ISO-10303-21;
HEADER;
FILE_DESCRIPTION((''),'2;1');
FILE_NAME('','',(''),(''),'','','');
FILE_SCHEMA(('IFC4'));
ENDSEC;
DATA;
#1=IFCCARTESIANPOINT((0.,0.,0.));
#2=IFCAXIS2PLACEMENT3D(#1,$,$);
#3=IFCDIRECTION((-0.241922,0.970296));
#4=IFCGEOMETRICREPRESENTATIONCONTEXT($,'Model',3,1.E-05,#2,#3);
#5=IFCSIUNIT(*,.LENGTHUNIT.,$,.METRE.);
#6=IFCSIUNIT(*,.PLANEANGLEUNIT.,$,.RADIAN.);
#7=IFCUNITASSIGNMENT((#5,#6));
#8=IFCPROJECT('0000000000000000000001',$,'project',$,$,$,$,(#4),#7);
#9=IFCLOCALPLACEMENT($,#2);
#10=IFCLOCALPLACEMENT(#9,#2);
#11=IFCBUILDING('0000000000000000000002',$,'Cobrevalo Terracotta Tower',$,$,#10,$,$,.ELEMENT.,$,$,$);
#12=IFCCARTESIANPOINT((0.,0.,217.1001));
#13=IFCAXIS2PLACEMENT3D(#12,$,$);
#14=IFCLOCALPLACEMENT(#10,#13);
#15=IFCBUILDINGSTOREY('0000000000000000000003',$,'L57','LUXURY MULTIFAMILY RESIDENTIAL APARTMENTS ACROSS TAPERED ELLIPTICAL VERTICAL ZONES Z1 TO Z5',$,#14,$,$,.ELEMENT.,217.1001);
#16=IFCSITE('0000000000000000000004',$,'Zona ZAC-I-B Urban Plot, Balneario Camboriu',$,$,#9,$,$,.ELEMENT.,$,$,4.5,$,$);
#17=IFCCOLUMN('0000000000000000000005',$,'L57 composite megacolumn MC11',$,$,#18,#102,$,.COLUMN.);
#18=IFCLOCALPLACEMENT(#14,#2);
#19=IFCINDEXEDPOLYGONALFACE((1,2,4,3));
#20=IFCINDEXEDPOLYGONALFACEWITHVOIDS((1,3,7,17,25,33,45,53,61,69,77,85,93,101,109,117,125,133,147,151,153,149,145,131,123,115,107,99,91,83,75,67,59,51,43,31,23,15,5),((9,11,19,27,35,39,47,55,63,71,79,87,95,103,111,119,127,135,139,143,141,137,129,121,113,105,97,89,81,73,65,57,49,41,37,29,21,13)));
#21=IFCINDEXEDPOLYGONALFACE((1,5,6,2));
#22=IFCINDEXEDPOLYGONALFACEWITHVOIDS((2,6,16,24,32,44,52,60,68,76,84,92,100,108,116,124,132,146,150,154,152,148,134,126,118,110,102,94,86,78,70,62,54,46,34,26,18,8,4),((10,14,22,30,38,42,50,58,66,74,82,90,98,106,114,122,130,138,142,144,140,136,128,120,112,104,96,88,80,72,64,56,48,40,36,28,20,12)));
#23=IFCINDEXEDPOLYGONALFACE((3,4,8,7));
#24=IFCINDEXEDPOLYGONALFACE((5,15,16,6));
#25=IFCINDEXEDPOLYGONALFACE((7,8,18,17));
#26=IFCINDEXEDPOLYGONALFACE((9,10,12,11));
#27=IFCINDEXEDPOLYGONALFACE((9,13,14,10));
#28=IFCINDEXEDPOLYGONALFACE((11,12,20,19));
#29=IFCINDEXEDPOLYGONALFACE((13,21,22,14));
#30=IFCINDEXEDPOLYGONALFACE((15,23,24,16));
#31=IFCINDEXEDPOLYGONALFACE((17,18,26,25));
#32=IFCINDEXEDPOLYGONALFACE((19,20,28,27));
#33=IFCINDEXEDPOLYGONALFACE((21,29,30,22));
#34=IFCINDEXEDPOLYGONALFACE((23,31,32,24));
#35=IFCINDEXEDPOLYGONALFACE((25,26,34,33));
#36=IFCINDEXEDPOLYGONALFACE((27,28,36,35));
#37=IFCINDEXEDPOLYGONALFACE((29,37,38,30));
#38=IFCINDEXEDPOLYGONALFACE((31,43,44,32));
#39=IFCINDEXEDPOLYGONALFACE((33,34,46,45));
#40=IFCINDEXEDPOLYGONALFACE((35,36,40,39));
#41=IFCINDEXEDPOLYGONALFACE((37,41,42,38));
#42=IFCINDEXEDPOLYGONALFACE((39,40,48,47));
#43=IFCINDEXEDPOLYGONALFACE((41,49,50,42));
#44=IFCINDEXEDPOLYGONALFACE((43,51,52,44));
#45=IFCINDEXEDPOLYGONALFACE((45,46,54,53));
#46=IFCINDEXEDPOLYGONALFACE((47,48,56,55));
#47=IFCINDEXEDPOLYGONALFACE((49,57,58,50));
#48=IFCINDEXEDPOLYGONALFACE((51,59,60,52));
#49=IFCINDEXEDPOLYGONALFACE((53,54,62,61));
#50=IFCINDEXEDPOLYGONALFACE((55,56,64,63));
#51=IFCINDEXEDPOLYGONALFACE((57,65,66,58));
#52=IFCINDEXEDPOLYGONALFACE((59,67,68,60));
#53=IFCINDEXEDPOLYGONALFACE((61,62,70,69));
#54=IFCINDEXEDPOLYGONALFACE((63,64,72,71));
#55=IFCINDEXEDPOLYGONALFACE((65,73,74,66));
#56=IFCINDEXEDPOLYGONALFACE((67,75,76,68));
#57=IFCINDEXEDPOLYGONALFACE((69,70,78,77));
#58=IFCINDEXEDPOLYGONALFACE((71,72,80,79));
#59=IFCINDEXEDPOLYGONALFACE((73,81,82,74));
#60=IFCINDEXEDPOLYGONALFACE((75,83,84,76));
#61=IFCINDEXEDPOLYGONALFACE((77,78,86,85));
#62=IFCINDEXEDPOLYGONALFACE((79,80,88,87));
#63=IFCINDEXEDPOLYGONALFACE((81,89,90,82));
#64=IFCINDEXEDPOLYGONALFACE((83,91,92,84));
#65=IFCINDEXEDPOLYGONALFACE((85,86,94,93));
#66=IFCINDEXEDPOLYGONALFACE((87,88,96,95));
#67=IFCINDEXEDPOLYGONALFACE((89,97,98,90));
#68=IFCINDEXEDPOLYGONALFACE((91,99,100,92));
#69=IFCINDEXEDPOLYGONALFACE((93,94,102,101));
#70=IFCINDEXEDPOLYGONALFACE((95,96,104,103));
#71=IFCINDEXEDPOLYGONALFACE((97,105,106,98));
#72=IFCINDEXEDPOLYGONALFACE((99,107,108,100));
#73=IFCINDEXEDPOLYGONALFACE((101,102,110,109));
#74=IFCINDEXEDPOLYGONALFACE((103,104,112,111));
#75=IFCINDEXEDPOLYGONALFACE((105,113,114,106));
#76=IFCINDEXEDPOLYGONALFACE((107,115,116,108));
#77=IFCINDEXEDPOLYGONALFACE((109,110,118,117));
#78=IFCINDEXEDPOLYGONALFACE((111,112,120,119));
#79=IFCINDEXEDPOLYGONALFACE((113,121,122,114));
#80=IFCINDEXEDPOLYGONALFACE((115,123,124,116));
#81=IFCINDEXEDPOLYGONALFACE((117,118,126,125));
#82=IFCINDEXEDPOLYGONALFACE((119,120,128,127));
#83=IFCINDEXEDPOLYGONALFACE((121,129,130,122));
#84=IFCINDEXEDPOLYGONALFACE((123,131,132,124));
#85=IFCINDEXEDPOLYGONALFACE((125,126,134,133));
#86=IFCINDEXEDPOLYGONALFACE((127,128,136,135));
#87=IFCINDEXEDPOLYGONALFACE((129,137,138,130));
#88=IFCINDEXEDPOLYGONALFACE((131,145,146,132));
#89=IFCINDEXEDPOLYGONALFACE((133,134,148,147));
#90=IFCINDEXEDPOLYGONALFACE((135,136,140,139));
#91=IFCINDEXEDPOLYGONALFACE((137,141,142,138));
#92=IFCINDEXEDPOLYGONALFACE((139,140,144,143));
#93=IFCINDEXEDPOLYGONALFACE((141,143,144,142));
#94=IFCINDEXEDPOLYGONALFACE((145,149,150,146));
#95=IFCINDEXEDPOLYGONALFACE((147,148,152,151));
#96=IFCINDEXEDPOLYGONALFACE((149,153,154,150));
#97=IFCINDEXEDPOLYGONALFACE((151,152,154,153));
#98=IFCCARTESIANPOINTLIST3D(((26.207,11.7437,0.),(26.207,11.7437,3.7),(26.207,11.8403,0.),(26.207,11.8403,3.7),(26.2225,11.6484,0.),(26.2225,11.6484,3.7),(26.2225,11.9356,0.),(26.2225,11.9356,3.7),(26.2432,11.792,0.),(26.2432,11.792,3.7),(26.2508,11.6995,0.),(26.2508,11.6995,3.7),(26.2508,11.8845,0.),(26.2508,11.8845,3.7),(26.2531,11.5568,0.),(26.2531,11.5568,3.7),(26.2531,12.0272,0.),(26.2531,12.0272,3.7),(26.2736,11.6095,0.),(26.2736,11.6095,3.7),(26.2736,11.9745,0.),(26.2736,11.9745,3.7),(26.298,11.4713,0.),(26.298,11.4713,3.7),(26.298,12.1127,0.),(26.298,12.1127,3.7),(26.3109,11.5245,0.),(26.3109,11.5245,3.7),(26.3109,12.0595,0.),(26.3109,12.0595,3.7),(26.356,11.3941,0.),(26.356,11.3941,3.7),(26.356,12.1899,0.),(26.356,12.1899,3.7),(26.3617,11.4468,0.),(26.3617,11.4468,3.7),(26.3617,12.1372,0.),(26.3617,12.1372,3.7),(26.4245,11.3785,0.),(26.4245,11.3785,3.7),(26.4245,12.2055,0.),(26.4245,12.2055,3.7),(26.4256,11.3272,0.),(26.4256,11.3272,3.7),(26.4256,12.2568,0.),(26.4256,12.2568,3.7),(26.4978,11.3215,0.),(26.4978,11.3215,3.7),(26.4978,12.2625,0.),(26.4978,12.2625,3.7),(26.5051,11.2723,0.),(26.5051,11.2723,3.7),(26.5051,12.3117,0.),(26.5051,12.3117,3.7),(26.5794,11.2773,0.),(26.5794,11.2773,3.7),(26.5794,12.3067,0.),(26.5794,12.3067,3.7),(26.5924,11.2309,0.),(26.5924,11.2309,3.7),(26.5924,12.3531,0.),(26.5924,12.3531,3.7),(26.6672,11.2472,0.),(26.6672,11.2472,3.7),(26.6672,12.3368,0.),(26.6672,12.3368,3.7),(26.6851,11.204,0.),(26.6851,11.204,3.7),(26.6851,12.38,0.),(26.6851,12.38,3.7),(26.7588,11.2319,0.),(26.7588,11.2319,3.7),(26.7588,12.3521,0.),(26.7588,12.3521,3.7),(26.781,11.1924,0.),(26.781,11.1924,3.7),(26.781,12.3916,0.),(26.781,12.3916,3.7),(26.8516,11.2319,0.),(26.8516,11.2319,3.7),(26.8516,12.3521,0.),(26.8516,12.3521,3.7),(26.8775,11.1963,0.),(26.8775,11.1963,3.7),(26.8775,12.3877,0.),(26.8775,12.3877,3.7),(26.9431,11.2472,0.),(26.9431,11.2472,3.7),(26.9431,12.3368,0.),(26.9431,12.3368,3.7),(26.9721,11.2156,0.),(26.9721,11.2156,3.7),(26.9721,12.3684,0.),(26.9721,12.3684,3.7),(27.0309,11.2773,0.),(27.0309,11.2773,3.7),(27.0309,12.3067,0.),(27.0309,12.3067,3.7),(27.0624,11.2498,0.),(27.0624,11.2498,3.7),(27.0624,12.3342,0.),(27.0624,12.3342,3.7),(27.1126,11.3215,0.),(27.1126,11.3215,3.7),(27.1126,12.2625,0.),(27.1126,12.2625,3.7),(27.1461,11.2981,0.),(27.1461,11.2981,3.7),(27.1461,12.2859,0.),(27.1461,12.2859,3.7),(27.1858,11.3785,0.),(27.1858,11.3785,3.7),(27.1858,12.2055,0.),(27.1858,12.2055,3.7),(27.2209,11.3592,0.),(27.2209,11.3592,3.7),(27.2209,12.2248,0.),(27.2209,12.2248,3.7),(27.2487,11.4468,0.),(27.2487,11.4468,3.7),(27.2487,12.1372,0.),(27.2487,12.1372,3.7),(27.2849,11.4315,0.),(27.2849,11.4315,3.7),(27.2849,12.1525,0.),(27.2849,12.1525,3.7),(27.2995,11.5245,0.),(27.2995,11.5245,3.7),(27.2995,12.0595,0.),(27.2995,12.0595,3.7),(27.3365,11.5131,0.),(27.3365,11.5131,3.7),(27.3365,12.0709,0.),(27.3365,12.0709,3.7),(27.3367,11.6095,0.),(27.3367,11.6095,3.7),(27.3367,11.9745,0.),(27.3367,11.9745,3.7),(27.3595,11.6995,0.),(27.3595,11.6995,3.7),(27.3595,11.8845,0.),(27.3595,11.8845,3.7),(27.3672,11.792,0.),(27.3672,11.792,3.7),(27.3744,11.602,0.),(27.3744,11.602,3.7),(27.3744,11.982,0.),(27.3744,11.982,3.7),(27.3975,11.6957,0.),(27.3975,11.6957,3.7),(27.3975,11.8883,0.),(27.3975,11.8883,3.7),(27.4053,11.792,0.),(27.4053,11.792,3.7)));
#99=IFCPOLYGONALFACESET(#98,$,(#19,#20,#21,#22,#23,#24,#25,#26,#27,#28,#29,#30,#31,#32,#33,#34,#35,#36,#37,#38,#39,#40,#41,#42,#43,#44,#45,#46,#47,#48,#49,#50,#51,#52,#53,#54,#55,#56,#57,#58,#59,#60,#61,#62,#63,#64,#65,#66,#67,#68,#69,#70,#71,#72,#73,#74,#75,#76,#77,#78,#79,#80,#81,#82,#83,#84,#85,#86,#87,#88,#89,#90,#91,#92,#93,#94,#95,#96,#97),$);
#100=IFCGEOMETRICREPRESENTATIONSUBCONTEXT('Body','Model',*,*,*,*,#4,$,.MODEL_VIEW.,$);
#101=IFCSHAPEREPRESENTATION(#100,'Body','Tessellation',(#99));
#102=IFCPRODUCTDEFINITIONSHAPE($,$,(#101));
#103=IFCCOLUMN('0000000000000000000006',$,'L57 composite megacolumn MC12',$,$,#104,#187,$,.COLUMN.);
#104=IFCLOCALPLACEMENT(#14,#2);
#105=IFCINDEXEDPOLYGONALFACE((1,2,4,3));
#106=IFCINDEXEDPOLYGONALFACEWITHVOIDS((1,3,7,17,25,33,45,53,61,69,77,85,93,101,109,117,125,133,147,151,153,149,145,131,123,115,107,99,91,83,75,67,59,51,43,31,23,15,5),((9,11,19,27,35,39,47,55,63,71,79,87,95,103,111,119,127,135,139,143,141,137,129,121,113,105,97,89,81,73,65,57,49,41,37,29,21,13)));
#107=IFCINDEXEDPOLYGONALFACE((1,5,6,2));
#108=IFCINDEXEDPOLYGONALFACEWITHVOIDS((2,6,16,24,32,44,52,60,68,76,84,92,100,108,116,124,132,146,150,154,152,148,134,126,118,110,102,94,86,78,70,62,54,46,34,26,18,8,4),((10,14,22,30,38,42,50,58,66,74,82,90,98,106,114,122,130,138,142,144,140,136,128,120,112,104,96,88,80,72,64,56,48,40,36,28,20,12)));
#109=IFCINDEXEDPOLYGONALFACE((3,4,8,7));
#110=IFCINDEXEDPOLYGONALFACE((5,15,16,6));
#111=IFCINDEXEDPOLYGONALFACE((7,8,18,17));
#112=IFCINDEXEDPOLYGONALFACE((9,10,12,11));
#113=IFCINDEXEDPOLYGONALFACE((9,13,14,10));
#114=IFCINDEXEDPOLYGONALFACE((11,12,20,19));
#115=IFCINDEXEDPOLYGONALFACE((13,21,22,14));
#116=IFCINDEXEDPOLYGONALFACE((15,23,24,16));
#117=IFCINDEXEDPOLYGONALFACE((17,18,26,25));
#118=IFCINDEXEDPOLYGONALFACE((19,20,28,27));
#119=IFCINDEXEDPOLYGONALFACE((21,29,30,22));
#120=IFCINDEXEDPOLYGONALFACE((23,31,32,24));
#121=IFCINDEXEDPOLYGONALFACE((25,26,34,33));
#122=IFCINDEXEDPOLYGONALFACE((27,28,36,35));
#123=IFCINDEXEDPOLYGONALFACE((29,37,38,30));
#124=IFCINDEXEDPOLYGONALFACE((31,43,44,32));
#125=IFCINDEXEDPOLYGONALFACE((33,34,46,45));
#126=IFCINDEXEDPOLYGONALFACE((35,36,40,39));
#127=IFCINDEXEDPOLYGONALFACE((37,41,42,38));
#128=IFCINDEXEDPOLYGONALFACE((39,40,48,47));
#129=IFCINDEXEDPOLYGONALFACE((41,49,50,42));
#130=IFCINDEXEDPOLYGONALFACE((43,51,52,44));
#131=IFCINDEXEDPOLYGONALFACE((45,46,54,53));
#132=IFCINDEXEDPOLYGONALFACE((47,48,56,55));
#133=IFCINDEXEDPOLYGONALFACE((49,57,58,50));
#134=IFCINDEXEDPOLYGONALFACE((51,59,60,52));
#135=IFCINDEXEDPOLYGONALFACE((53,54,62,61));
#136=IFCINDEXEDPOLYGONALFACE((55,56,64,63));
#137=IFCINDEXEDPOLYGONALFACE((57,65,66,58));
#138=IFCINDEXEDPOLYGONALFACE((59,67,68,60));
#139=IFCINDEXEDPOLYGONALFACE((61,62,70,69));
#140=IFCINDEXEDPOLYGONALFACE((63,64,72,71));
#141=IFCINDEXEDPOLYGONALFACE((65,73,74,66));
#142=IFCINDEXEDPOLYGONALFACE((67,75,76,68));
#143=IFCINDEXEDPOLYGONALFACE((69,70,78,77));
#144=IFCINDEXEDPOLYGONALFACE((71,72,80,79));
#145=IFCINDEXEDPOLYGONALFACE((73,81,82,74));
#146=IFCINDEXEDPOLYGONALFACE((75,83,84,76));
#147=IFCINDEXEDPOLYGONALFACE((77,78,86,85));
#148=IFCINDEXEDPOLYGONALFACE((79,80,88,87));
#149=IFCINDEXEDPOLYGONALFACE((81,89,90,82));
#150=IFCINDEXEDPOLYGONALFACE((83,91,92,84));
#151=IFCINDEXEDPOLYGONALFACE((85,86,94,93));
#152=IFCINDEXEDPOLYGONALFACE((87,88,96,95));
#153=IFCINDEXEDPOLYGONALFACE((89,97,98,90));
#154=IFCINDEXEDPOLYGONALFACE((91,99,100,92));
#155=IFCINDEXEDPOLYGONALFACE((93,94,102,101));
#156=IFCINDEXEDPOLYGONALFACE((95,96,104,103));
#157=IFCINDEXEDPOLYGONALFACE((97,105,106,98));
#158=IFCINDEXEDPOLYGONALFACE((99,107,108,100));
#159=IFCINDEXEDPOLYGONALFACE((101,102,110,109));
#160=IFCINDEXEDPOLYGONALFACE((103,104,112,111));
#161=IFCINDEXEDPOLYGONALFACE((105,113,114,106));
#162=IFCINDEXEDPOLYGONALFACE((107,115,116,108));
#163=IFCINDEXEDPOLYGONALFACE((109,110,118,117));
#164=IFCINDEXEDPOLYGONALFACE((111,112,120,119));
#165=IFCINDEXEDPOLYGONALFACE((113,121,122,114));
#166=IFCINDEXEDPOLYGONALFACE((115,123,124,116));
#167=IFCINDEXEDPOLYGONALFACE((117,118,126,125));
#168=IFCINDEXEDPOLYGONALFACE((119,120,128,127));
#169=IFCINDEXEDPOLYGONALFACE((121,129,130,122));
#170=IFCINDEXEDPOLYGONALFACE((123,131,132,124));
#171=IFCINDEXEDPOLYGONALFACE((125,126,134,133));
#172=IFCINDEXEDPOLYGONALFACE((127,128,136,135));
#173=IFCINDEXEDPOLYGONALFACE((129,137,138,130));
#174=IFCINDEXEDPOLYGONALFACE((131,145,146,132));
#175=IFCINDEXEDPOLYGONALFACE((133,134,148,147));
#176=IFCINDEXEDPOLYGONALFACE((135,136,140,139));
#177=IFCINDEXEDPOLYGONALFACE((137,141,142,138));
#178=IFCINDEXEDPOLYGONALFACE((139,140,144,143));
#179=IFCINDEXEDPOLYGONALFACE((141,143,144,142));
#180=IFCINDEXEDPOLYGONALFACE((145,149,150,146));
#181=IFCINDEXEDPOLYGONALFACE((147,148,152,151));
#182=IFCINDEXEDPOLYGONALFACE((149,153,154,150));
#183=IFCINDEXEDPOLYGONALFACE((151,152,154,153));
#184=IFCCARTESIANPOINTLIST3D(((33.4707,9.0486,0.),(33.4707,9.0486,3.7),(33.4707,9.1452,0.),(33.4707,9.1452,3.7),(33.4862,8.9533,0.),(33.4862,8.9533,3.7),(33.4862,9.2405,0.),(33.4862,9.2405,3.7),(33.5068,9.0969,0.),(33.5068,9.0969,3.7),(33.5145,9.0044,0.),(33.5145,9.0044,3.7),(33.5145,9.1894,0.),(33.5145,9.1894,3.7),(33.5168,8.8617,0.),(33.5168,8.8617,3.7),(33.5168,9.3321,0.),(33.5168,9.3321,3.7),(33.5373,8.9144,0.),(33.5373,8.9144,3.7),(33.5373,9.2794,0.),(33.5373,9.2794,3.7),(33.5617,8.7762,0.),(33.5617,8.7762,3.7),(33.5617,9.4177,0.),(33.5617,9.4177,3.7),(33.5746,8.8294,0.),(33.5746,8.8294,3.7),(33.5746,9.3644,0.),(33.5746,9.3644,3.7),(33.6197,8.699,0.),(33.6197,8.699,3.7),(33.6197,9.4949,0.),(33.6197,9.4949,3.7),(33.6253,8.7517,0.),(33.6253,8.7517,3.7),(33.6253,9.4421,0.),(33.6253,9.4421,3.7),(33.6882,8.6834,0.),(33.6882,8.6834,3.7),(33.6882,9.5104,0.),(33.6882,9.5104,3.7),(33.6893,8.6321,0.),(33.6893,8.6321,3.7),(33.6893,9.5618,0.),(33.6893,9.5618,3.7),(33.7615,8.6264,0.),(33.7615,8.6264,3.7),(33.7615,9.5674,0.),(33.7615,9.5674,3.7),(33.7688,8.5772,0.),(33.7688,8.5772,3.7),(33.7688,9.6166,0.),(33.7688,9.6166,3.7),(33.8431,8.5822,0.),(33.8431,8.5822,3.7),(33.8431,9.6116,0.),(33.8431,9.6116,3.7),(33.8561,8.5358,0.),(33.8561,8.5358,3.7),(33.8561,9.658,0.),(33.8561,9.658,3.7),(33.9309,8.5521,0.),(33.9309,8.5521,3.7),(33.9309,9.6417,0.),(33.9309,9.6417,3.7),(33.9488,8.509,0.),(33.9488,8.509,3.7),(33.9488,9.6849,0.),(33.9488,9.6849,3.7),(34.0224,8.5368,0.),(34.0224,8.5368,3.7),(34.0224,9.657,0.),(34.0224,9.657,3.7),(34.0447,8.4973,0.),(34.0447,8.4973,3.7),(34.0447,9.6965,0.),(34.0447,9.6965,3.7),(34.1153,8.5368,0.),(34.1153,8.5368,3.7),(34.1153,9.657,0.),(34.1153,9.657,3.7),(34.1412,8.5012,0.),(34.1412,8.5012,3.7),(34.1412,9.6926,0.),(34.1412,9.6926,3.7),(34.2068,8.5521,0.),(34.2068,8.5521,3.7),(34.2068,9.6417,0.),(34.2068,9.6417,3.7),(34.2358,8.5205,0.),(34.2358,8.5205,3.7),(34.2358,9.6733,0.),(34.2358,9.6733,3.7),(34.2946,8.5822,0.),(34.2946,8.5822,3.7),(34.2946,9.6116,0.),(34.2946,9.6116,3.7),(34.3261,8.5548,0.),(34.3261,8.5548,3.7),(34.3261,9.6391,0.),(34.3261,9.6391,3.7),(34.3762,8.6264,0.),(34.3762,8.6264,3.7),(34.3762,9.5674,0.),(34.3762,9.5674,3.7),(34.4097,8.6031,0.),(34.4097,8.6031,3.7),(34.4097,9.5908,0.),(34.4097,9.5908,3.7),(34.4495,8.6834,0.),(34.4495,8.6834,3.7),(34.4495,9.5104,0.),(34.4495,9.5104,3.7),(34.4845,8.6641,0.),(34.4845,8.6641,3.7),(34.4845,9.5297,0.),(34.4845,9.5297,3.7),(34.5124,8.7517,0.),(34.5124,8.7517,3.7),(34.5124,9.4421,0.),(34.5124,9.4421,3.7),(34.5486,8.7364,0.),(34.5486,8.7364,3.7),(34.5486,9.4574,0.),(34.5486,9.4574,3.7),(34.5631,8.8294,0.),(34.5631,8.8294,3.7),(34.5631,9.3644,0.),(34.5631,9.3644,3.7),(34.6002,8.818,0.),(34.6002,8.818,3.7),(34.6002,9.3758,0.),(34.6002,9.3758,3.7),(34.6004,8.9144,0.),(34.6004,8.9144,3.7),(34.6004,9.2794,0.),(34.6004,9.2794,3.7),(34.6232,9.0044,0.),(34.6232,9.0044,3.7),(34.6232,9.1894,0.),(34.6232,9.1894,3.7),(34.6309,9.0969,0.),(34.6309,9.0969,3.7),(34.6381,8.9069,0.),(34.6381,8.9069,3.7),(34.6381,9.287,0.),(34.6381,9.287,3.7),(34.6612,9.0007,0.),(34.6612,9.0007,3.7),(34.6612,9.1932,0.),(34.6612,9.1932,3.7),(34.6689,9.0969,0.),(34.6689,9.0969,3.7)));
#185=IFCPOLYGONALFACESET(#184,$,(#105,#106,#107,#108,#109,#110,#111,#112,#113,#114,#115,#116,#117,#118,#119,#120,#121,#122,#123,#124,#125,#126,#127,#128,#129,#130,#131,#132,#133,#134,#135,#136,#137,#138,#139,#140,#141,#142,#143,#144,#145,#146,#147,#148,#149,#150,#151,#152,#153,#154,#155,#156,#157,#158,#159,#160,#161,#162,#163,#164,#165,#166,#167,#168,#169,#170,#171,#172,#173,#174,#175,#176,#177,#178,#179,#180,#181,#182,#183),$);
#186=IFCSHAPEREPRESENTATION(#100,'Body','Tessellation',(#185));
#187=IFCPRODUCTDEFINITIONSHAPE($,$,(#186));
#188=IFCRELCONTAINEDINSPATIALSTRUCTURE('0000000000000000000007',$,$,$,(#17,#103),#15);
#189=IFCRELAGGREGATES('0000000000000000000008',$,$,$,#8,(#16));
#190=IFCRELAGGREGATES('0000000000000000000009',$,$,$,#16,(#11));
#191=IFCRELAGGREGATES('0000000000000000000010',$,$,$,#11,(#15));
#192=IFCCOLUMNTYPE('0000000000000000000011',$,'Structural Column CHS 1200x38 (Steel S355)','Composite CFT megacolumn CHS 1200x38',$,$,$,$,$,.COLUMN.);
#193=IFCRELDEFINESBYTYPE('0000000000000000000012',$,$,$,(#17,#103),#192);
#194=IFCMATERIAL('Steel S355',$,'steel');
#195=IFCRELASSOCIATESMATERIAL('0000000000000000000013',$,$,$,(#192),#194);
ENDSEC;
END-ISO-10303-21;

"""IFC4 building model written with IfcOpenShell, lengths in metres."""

from ifc_helpers import new_model, si_unit, direction, frame, origin, origin_2d, place, context, subcontext, project, spatial, hollow_circle, extrude, material, material_profile, profile_set, type_object, element, save


model = new_model("IFC4")

# Units and contexts
model_context = context("Model", 3, precision=1e-05, world=origin(), true_north=direction((-0.241922, 0.970296)))
body_context = subcontext(model_context, "Body", "Model", "MODEL_VIEW")
ifc_project = project(units=[si_unit("LENGTHUNIT", "METRE"), si_unit("PLANEANGLEUNIT", "RADIAN")], contexts=[model_context])

# Site, building, storey
site_placement = place(None, origin())
site = spatial("IfcSite", under=ifc_project, at=site_placement, Name="Zona ZAC-I-B Urban Plot, Balneario Camboriu", CompositionType="ELEMENT", RefElevation=4.5)
building_placement = place(site_placement, origin())
building = spatial("IfcBuilding", under=site, at=building_placement, Name="Cobrevalo Terracotta Tower", CompositionType="ELEMENT")
storey_placement = place(building_placement, frame((0.0, 0.0, 217.1001)))
storey = spatial("IfcBuildingStorey", under=building, at=storey_placement, Name="L57", Description="LUXURY MULTIFAMILY RESIDENTIAL APARTMENTS ACROSS TAPERED ELLIPTICAL VERTICAL ZONES Z1 TO Z5", CompositionType="ELEMENT", Elevation=217.1001)

# Columns
ifc_material_1 = material(Name="Steel S355", Category="steel")
ifc_material_profile_1 = material_profile(ifc_material_1, hollow_circle(Radius=0.6001, WallThickness=0.0381, at=origin_2d()), Name="CHS 1200x38")
ifc_profile_set_1 = profile_set([ifc_material_profile_1], Name="Steel S355")
column_type = type_object("IfcColumnType", Name="Structural Column CHS 1200x38 (Steel S355)", Description="Composite CFT megacolumn CHS 1200x38", PredefinedType="COLUMN", material=ifc_profile_set_1)
for number, where, z_axis, x_axis, name in (
    (1, (26.8052, 11.792, 0.0), (0.0, 0.0, 1.0), (1.0, 0.0, 0.0), "L57 composite megacolumn MC11"),
    (2, (34.0688, 9.0969, 0.0), (0.0, 0.0, 1.0), (1.0, 0.0, 0.0), "L57 composite megacolumn MC12"),
):
    element("IfcColumn", number, at=place(storey_placement, frame(where, z_axis=z_axis, x_axis=x_axis)), inside=storey, type_object=column_type, Name=name, PredefinedType="COLUMN", context=body_context, shape_type="SweptSolid", body=[
        extrude(hollow_circle(Radius=0.6001, WallThickness=0.0381, at=origin_2d()), origin(), (0.0, 0.0, 1.0), 3.7),
    ])

save(model, "model.ifc")
